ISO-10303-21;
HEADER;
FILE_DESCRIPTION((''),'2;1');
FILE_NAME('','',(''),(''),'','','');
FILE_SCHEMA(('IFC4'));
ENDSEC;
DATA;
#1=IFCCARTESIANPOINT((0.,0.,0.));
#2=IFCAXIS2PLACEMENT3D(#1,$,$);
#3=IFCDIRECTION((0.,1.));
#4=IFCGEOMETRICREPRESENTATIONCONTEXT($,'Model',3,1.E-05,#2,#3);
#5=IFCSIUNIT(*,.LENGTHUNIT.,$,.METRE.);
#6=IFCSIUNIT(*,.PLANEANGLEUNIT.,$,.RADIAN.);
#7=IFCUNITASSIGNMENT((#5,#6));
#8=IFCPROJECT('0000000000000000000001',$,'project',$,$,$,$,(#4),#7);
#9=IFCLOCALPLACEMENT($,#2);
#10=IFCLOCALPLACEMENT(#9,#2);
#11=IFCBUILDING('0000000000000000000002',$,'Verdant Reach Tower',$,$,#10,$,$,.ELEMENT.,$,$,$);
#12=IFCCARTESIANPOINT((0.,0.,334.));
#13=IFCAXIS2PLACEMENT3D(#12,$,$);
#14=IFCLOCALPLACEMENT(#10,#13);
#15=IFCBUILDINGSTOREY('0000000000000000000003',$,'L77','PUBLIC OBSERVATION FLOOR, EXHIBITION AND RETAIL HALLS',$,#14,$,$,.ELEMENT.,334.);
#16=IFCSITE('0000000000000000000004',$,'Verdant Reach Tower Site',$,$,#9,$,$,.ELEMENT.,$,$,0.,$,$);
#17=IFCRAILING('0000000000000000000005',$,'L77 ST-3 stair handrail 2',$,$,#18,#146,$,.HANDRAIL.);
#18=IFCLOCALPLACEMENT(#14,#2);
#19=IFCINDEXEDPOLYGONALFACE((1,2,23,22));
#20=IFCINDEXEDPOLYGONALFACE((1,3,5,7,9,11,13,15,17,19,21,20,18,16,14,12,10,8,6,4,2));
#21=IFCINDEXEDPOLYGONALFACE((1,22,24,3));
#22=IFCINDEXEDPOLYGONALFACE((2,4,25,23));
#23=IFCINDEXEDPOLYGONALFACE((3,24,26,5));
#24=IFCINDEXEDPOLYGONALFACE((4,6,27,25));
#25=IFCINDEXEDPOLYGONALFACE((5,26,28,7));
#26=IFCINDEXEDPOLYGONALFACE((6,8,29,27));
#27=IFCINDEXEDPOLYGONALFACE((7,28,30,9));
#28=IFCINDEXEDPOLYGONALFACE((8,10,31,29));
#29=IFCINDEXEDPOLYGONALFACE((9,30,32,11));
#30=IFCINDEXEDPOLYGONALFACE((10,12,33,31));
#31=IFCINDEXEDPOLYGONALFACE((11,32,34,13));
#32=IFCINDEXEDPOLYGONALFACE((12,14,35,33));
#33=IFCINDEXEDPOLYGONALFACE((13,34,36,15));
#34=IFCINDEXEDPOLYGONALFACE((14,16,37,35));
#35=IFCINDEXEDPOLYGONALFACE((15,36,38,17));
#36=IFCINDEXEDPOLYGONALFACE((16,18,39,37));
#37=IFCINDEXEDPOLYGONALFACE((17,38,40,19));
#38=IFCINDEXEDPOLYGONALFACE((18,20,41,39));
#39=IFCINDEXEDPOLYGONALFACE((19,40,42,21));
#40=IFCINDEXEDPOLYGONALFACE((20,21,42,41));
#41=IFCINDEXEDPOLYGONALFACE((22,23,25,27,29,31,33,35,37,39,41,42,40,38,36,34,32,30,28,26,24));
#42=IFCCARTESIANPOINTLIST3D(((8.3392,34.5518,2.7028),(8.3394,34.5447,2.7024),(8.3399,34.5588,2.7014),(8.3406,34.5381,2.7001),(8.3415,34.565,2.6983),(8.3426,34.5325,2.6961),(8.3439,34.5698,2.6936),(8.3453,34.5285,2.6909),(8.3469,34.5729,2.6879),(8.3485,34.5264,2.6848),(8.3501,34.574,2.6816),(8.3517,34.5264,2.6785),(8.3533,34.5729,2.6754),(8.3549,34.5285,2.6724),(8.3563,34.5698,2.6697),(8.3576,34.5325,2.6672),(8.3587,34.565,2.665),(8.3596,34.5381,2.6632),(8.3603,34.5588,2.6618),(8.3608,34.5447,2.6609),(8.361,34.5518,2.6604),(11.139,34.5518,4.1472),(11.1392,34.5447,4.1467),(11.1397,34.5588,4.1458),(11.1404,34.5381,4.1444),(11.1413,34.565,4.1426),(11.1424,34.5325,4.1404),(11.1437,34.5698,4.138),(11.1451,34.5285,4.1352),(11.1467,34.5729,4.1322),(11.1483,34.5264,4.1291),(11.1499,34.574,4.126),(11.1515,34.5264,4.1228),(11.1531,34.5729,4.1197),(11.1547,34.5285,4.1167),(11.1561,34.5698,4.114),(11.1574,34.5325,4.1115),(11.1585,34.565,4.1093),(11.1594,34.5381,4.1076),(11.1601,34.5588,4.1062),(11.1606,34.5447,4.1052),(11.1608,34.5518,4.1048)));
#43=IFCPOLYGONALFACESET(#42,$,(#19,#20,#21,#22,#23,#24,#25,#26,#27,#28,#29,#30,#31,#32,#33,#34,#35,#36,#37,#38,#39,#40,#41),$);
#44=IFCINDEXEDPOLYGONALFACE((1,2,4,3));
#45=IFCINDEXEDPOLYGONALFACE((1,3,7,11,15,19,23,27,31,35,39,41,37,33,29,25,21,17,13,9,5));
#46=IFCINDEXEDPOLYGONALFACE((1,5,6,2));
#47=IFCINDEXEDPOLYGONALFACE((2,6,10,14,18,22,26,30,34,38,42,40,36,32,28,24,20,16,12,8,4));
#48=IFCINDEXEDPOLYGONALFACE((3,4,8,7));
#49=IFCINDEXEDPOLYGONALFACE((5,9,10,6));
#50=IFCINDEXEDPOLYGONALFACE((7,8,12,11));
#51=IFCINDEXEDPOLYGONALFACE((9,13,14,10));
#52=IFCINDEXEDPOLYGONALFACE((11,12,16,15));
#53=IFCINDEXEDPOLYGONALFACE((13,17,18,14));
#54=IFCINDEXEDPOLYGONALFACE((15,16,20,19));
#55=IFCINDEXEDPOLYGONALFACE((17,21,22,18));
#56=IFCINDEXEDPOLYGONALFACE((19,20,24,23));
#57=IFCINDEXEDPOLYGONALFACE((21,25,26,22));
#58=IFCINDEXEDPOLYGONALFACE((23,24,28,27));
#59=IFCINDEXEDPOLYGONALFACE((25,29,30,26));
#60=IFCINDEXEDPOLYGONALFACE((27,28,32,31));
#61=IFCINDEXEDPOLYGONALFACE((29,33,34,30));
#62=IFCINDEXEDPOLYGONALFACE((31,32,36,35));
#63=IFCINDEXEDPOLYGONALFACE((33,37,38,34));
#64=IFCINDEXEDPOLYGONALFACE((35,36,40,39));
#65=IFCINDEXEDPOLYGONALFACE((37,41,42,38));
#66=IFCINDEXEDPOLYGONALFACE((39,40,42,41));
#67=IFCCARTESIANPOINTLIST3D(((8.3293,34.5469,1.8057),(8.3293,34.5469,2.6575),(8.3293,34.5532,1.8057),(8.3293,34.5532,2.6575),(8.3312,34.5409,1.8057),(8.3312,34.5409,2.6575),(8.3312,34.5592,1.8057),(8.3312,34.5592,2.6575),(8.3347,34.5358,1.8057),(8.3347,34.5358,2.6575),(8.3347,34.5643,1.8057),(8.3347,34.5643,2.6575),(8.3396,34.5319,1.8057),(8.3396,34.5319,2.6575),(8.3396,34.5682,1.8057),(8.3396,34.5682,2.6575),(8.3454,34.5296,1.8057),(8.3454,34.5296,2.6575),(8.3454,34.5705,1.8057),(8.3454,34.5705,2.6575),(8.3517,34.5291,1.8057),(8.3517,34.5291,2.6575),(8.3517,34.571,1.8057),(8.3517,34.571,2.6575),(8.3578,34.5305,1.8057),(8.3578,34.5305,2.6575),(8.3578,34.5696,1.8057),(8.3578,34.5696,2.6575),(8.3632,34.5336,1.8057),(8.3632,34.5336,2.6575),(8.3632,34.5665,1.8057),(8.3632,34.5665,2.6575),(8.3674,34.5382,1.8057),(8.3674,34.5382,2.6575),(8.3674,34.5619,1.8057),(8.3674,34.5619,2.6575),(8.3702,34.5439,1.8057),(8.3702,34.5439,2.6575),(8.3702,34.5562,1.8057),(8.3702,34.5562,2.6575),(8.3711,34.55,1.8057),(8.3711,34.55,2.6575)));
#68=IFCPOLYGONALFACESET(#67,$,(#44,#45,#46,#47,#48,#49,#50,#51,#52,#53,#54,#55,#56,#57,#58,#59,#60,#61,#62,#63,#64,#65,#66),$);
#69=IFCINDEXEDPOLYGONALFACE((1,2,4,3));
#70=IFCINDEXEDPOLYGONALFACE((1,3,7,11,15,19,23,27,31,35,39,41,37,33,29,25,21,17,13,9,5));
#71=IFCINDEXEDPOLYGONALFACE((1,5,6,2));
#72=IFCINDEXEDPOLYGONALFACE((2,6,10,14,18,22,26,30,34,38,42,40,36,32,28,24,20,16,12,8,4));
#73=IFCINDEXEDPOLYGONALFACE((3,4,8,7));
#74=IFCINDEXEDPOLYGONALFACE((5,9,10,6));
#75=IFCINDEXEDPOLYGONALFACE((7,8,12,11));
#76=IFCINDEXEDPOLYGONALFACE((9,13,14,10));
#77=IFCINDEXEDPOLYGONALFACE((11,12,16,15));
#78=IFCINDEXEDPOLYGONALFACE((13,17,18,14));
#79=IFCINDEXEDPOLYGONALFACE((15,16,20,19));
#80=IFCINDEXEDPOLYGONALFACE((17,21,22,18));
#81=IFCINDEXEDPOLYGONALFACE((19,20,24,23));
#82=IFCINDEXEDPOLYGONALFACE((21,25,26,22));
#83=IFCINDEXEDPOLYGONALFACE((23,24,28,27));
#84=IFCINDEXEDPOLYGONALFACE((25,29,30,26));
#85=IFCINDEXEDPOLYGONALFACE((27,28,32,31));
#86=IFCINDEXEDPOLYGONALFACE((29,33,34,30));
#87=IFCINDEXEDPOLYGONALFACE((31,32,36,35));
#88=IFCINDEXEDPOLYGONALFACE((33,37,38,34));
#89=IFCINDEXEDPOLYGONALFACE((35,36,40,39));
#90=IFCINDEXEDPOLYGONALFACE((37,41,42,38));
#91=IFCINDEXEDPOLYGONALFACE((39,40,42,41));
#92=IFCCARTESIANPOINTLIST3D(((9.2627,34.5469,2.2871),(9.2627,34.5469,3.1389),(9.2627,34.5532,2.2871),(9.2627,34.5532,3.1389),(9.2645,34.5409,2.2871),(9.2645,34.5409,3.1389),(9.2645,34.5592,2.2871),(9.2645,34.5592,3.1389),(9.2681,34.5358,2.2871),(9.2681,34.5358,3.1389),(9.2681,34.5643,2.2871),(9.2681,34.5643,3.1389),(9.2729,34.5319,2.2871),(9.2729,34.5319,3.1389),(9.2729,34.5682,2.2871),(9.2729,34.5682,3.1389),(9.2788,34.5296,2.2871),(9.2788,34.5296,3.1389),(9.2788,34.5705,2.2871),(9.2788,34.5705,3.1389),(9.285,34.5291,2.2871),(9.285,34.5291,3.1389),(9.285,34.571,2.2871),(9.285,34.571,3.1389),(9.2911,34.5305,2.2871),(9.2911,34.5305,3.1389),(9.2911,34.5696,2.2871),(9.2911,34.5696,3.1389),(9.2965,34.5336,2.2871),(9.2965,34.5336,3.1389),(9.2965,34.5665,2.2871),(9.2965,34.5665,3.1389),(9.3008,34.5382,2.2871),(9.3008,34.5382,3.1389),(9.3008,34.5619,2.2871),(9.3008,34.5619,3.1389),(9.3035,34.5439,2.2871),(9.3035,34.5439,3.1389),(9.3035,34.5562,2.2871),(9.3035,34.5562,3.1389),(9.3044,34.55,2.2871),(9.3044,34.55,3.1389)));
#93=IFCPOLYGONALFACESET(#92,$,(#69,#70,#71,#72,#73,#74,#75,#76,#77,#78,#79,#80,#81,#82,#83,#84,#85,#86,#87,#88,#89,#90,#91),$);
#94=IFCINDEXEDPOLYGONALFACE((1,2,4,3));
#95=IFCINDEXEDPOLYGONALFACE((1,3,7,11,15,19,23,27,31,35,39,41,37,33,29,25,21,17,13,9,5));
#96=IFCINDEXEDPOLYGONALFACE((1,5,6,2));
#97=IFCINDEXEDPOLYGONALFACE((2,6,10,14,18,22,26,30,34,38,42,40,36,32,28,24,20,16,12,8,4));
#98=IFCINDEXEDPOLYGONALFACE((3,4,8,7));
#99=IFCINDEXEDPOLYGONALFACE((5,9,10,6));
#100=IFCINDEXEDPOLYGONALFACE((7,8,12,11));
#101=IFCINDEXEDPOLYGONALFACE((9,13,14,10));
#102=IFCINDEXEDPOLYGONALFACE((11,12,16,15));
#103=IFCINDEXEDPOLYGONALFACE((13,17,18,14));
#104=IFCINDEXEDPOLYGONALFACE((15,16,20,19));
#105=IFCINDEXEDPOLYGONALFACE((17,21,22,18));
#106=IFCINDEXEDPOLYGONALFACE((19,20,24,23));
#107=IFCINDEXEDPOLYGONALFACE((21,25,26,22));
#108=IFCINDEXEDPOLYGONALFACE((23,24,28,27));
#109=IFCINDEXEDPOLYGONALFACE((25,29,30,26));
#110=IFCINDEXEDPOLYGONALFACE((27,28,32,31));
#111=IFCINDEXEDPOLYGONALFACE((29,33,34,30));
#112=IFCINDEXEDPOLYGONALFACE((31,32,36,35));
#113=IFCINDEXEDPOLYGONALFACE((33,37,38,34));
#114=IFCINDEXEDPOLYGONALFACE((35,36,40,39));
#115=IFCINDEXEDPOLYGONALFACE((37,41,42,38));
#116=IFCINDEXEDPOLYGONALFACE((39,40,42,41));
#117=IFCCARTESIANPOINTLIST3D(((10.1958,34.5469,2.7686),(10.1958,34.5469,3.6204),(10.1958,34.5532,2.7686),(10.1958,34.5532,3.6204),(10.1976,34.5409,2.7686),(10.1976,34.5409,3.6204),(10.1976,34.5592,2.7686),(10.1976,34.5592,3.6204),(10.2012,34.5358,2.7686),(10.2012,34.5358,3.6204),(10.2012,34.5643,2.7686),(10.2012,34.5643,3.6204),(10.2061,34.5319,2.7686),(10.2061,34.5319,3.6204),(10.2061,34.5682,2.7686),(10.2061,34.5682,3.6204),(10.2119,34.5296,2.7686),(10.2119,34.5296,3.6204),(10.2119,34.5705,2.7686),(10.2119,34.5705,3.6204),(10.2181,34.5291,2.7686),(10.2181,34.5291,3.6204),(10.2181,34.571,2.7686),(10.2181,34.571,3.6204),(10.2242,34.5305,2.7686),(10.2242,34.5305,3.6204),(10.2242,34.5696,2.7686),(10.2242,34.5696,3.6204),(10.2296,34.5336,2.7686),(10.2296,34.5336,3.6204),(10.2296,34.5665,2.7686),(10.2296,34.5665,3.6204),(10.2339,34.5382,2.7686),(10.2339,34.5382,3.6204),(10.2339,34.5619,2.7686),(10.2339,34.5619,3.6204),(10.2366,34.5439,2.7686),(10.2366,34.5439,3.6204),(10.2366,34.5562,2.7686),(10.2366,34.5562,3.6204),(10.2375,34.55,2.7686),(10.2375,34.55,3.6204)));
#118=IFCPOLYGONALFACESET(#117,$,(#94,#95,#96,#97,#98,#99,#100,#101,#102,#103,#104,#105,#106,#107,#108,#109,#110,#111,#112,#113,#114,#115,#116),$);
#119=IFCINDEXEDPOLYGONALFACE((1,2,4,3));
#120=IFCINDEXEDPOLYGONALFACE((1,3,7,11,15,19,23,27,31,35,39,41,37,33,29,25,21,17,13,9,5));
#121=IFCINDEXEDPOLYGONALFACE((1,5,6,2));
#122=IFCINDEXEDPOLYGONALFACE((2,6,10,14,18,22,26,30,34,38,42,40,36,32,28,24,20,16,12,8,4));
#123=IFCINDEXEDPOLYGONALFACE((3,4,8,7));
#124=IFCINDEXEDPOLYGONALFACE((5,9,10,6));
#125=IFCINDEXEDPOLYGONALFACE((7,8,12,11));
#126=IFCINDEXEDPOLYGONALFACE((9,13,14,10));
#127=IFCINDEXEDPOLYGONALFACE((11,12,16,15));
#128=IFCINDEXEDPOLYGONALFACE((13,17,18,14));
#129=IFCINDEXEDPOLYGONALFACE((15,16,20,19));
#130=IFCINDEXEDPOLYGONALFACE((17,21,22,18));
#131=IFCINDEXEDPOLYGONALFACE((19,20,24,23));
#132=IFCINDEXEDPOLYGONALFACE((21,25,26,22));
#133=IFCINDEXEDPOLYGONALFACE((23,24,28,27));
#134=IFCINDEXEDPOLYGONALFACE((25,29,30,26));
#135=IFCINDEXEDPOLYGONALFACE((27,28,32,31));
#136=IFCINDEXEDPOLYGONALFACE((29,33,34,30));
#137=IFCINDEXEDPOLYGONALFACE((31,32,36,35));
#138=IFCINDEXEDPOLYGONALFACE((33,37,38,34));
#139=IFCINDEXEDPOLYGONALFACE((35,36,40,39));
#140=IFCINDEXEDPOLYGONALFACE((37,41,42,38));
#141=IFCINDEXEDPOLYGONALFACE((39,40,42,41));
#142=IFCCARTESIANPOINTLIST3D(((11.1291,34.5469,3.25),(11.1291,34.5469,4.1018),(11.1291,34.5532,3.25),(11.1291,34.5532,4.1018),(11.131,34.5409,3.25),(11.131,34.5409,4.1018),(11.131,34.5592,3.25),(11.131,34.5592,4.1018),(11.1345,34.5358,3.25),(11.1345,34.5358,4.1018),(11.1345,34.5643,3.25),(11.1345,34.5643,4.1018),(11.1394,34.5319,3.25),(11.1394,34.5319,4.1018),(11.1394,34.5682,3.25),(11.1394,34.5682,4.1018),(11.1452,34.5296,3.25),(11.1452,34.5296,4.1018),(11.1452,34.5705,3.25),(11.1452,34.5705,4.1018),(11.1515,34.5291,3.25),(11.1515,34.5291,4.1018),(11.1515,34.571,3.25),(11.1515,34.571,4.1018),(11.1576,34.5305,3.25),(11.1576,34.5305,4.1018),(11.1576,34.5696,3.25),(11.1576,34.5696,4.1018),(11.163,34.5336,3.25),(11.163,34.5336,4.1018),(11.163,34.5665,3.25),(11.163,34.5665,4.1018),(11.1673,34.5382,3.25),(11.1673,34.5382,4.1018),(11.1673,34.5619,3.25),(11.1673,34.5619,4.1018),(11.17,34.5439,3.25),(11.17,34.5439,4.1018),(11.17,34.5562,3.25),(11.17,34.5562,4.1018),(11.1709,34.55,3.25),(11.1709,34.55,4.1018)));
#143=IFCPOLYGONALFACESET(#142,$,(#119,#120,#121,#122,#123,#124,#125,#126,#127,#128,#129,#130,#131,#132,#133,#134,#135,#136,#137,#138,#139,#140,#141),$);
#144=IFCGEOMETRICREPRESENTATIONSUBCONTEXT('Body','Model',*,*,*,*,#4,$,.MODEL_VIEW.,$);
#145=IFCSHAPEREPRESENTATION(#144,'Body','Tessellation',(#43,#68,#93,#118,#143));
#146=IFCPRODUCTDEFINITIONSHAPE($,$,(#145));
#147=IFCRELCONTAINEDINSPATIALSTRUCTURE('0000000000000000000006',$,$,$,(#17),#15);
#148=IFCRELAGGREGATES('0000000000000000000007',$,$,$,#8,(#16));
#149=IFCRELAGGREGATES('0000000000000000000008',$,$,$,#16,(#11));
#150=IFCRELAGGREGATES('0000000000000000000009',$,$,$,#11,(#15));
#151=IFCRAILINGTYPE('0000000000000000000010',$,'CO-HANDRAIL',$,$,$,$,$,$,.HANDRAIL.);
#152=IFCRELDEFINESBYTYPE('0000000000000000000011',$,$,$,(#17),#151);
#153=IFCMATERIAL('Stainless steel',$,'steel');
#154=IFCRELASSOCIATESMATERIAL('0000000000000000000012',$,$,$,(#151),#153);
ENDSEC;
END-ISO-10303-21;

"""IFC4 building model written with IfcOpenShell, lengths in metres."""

from ifc_helpers import new_model, si_unit, direction, frame, origin, origin_2d, place, context, subcontext, project, spatial, circle, extrude, material, type_object, element, save


model = new_model("IFC4")

# Units and contexts
model_context = context("Model", 3, precision=1e-05, world=origin(), true_north=direction((0.0, 1.0)))
body_context = subcontext(model_context, "Body", "Model", "MODEL_VIEW")
ifc_project = project(units=[si_unit("LENGTHUNIT", "METRE"), si_unit("PLANEANGLEUNIT", "RADIAN")], contexts=[model_context])

# Site, building, storey
site_placement = place(None, origin())
site = spatial("IfcSite", under=ifc_project, at=site_placement, Name="Verdant Reach Tower Site", CompositionType="ELEMENT", RefElevation=0.0)
building_placement = place(site_placement, origin())
building = spatial("IfcBuilding", under=site, at=building_placement, Name="Verdant Reach Tower", CompositionType="ELEMENT")
storey_placement = place(building_placement, frame((0.0, 0.0, 334.0)))
storey = spatial("IfcBuildingStorey", under=building, at=storey_placement, Name="L77", Description="PUBLIC OBSERVATION FLOOR, EXHIBITION AND RETAIL HALLS", CompositionType="ELEMENT", Elevation=334.0)

# Railing
ifc_material_1 = material(Name="Stainless steel", Category="steel")
railing_type_1 = type_object("IfcRailingType", Name="CO-HANDRAIL", PredefinedType="HANDRAIL", material=ifc_material_1)
railing_1_placement = place(storey_placement, frame((8.3501, 34.55, 1.8057)))
element("IfcRailing", 1, at=railing_1_placement, inside=storey, type_object=railing_type_1, Name="L77 ST-3 stair handrail 2", PredefinedType="HANDRAIL", context=body_context, shape_type="SweptSolid", body=[
    extrude(circle(Radius=0.0239, at=origin_2d()), frame((0.0, 0.0, 0.876), z_axis=(0.888714, 0.0, 0.458461), x_axis=(0.0, 1.0, 0.0)), (0.0, 0.0, 1.0), 3.1504),
    extrude(circle(Radius=0.021, at=origin_2d()), origin(), (0.0, 0.0, 1.0), 0.8518),
    extrude(circle(Radius=0.021, at=origin_2d()), frame((0.9333, 0.0, 0.4814)), (0.0, 0.0, 1.0), 0.8518),
    extrude(circle(Radius=0.021, at=origin_2d()), frame((1.8665, 0.0, 0.9629)), (0.0, 0.0, 1.0), 0.8518),
    extrude(circle(Radius=0.021, at=origin_2d()), frame((2.7998, 0.0, 1.4443)), (0.0, 0.0, 1.0), 0.8518),
])

save(model, "model.ifc")
